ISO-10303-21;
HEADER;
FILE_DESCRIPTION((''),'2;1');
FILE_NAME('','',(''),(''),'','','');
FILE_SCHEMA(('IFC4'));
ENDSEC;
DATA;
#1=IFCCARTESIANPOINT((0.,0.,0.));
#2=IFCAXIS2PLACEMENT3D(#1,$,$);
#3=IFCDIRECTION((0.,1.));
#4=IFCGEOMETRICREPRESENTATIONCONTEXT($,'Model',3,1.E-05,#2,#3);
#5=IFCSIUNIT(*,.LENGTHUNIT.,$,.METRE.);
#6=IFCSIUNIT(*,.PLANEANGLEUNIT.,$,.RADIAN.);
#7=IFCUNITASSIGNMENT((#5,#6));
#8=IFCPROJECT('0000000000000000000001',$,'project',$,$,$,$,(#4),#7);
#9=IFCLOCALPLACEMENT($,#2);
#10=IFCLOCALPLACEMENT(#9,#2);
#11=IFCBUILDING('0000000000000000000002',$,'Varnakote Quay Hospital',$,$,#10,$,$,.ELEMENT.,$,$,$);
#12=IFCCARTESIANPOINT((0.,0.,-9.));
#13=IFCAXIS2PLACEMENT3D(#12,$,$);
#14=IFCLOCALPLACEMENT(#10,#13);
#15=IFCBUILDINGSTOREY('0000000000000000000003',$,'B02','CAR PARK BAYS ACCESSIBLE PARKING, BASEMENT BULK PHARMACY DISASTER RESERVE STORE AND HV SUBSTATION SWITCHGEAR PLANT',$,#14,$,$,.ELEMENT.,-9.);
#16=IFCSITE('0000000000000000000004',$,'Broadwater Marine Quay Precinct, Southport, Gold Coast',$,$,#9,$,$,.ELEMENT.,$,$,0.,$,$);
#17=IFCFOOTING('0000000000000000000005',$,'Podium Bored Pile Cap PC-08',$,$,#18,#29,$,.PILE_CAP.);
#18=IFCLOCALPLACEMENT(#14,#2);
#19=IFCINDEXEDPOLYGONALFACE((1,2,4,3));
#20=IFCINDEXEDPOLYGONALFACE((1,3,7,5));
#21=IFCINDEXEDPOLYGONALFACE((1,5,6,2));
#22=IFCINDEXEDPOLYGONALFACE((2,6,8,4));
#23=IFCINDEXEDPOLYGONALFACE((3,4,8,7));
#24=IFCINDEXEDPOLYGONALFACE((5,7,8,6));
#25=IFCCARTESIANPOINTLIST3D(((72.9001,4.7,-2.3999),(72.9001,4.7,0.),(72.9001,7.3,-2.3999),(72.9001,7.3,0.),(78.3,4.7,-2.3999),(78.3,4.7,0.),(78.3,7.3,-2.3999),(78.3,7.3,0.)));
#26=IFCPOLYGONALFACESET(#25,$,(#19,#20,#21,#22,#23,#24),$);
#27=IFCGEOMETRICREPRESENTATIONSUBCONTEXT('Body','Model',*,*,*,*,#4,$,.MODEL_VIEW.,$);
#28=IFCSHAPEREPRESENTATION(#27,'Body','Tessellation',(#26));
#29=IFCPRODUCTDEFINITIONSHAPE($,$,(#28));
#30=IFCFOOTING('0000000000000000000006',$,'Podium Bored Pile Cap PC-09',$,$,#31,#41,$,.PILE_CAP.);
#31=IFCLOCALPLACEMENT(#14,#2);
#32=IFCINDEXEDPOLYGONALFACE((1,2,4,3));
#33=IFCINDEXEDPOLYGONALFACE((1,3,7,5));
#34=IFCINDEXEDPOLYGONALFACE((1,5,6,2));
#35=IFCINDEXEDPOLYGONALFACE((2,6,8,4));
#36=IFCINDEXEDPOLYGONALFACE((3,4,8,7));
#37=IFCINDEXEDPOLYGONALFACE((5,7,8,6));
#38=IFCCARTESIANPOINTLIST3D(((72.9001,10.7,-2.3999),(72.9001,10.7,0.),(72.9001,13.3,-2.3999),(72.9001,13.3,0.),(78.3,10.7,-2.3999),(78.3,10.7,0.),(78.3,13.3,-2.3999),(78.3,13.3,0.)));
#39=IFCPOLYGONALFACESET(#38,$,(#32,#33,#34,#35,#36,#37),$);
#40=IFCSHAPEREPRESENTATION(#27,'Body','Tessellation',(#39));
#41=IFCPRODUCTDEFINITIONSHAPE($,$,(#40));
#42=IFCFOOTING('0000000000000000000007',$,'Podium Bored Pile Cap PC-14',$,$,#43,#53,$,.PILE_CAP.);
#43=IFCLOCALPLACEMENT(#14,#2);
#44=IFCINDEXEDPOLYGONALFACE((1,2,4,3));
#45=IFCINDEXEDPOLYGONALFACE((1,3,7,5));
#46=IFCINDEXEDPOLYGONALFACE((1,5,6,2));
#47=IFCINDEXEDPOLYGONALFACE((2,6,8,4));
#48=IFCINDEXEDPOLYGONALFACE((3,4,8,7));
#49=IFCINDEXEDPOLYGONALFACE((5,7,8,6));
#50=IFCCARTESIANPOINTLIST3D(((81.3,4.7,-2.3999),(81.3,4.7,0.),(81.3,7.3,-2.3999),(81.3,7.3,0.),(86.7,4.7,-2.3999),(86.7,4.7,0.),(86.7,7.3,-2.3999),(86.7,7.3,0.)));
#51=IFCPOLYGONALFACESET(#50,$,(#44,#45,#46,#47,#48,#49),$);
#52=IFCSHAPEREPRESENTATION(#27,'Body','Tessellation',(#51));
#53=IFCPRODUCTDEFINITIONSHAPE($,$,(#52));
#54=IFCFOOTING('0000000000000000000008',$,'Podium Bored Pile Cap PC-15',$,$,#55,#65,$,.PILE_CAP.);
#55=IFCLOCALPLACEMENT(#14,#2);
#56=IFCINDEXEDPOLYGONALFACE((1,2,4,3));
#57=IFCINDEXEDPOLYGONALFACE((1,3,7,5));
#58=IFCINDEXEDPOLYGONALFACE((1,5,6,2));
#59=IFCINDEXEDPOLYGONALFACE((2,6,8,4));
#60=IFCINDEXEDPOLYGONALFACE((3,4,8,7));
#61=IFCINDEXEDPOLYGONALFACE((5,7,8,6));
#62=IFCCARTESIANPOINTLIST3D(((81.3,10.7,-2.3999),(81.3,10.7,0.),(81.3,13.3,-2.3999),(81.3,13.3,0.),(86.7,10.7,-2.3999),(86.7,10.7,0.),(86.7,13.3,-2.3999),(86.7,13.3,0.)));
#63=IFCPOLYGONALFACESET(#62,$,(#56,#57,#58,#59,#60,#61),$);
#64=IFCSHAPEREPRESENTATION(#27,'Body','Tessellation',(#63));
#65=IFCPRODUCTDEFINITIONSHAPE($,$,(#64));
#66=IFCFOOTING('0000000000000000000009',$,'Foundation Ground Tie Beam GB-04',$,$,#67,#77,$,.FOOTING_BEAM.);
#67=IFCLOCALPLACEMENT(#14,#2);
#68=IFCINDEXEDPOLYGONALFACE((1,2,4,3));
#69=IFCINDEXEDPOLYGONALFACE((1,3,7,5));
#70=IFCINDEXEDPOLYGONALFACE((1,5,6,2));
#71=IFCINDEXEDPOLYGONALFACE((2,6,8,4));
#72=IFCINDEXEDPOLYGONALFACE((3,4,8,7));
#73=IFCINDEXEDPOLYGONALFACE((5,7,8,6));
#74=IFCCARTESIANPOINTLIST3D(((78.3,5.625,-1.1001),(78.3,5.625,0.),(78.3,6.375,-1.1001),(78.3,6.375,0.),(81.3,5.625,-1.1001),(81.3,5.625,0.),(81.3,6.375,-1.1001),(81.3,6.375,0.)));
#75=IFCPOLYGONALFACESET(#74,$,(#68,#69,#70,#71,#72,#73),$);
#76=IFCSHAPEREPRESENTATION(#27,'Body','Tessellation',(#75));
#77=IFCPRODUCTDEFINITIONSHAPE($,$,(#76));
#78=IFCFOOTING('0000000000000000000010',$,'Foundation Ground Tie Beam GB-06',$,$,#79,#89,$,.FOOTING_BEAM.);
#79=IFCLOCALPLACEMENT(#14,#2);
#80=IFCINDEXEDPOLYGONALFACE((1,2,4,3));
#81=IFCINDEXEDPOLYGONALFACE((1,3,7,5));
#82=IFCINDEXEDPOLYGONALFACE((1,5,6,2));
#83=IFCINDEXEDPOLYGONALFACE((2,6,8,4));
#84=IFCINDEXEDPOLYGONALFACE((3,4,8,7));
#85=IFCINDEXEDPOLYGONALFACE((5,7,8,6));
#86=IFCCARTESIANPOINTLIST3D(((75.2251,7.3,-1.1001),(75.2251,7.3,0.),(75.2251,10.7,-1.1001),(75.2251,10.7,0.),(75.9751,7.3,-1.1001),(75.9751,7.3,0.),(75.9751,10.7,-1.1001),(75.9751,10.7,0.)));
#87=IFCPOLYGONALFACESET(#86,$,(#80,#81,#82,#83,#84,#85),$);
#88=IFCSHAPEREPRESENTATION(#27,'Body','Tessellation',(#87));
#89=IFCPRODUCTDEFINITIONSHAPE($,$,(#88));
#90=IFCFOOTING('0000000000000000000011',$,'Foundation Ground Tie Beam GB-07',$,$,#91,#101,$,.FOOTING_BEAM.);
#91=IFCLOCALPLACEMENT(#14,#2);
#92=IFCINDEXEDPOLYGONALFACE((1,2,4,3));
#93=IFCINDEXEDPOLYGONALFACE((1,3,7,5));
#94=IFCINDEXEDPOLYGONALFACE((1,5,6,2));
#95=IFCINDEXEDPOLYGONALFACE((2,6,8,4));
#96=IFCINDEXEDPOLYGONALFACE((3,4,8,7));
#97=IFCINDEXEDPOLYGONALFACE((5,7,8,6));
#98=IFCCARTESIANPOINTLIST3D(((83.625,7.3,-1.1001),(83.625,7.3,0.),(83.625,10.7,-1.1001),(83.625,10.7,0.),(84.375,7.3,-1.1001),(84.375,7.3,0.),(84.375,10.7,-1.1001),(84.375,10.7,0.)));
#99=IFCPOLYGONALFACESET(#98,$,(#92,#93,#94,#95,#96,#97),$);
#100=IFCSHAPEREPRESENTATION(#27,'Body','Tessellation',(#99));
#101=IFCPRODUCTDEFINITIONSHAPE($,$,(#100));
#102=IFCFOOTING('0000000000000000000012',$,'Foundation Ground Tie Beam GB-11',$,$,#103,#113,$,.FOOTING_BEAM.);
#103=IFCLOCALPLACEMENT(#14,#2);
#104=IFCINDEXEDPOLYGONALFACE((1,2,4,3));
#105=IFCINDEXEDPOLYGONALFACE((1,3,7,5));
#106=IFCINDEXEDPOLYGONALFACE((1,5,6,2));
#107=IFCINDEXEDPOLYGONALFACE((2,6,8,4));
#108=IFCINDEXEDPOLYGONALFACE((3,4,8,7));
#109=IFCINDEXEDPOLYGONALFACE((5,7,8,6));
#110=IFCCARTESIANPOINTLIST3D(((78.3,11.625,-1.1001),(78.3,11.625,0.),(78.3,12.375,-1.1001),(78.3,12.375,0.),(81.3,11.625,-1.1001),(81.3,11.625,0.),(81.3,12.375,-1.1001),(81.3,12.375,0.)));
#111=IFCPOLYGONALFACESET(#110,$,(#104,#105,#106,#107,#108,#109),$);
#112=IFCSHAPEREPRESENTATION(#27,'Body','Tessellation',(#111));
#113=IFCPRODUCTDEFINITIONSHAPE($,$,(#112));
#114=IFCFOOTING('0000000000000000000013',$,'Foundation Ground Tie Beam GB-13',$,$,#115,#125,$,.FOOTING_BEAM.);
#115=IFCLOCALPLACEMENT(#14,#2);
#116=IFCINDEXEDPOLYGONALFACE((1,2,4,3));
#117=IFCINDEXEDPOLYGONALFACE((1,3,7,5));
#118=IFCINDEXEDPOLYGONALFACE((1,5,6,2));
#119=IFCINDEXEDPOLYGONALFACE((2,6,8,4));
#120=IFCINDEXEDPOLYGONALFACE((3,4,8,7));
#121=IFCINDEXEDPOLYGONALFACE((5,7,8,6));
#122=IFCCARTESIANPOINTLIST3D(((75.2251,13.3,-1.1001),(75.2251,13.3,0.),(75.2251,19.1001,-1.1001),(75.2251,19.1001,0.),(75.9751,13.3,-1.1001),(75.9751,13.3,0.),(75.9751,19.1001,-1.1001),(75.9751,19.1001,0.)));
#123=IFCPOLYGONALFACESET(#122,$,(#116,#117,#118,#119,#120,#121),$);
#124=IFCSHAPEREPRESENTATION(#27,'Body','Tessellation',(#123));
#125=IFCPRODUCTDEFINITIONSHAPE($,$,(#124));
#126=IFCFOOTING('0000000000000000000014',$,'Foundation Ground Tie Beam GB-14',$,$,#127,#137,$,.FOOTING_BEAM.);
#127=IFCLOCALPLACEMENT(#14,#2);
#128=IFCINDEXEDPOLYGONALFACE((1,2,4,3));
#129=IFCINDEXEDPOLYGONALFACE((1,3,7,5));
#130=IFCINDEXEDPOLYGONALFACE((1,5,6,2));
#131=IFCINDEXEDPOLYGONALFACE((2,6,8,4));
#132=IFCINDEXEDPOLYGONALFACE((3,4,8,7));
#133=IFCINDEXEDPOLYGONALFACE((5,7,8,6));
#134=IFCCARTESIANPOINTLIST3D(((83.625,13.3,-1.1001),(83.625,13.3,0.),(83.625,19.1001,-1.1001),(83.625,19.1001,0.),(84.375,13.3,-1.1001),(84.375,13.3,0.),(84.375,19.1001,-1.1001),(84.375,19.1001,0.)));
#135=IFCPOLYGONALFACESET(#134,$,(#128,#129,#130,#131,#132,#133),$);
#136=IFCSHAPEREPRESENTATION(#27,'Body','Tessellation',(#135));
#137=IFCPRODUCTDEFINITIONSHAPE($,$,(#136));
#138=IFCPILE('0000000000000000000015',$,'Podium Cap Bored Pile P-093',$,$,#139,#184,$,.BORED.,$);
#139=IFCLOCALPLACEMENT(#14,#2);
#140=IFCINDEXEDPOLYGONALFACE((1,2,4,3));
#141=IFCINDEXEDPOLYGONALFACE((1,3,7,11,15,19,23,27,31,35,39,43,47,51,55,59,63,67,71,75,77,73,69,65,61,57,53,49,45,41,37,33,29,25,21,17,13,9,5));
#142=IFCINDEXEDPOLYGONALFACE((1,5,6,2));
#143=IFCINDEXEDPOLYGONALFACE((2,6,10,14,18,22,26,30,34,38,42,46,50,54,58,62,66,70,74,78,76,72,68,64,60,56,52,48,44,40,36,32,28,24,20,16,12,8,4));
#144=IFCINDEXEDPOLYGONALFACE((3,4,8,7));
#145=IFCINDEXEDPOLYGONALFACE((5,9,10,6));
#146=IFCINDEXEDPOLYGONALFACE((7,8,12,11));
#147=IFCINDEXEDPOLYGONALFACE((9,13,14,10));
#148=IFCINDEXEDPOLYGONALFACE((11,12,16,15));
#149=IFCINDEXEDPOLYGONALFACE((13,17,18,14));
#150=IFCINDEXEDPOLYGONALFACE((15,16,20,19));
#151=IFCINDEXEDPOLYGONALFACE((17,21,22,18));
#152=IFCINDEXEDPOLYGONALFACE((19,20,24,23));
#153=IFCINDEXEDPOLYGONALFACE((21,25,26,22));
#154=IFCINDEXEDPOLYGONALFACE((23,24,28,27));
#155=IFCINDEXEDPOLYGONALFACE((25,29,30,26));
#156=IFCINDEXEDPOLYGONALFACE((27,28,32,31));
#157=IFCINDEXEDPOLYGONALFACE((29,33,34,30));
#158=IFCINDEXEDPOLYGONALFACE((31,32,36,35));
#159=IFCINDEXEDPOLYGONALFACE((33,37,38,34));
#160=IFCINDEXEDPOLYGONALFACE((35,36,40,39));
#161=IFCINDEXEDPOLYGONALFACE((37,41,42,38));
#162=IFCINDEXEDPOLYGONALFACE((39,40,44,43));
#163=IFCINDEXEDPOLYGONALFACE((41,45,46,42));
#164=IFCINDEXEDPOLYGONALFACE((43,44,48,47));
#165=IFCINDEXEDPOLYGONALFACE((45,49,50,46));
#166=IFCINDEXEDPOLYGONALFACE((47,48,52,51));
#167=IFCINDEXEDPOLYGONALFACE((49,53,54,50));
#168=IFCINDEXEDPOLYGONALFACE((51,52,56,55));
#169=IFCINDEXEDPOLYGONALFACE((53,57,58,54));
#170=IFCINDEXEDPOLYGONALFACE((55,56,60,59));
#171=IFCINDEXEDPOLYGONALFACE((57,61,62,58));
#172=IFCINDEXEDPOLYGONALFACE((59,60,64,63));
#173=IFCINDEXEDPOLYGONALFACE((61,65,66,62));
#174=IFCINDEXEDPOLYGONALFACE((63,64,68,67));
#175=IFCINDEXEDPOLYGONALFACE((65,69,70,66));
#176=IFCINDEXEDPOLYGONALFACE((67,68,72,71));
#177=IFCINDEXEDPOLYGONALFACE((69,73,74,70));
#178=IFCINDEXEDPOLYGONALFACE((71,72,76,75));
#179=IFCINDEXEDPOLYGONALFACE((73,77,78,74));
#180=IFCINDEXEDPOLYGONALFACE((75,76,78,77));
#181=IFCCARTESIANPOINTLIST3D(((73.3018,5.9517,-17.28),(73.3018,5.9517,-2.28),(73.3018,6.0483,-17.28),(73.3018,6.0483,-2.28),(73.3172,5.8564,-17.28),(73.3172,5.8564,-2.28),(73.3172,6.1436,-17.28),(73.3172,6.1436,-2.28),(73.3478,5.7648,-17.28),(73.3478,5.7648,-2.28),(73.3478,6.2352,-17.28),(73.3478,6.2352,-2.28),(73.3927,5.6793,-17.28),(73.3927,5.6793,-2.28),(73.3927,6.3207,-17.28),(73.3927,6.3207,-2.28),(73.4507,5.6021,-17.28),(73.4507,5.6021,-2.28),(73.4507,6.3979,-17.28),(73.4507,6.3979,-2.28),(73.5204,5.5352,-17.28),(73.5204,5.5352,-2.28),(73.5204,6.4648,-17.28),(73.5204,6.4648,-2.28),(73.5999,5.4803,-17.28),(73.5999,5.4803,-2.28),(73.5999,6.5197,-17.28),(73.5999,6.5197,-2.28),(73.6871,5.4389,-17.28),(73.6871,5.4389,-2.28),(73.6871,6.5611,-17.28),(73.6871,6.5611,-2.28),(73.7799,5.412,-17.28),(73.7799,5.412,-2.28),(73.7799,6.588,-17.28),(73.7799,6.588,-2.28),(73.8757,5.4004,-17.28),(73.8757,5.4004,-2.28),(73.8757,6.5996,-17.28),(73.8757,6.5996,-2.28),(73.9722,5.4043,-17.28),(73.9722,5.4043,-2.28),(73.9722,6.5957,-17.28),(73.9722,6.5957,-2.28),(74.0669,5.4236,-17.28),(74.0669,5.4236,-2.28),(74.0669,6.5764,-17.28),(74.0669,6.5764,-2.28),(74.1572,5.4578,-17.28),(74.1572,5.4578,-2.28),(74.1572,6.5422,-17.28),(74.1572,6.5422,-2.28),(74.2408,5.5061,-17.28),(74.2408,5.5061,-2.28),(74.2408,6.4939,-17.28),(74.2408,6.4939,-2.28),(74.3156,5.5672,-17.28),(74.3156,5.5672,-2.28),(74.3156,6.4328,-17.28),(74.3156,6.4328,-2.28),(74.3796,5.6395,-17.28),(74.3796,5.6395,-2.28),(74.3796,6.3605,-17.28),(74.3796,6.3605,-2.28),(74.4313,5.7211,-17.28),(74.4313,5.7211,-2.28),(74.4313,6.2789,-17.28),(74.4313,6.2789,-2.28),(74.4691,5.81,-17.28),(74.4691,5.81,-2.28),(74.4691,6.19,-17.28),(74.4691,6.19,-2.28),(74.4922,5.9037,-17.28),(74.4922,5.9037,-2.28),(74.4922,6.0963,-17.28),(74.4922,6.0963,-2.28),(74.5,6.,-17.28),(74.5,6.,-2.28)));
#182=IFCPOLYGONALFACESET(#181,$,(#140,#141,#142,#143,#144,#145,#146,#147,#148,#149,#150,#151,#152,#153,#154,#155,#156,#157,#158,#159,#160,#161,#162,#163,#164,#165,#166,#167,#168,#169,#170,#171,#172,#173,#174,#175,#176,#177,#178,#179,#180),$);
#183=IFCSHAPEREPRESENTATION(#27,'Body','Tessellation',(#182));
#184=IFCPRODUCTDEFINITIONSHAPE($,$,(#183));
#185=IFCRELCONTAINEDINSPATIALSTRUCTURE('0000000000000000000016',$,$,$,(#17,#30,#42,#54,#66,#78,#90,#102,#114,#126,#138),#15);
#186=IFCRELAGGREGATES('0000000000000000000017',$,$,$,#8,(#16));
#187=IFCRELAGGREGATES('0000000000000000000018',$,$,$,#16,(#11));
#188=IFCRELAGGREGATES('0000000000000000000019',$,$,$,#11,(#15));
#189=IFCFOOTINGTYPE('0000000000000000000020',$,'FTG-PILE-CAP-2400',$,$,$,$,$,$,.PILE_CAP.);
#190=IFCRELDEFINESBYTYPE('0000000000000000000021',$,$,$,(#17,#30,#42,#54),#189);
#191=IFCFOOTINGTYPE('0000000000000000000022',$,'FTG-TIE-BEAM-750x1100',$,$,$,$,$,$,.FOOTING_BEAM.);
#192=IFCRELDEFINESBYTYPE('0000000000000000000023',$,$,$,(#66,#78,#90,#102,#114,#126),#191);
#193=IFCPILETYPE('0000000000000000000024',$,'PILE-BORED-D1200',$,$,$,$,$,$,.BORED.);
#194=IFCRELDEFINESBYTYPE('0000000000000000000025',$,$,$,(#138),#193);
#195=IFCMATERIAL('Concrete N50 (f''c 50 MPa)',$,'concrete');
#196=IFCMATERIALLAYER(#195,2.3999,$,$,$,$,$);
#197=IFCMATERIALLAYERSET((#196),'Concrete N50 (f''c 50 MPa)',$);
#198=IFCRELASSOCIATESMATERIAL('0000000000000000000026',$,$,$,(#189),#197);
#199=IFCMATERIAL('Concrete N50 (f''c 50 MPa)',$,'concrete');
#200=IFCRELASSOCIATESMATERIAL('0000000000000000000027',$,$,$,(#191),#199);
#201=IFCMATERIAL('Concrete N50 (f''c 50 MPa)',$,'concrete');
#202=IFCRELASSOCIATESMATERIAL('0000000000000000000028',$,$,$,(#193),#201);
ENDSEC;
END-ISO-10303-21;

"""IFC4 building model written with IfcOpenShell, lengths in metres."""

from ifc_helpers import new_model, si_unit, direction, frame, origin, origin_2d, place, context, subcontext, project, spatial, rectangle, circle, extrude, material, layer, layer_set, material_profile, profile_set, type_object, element, save


model = new_model("IFC4")

# Units and contexts
model_context = context("Model", 3, precision=1e-05, world=origin(), true_north=direction((0.0, 1.0)))
body_context = subcontext(model_context, "Body", "Model", "MODEL_VIEW")
ifc_project = project(units=[si_unit("LENGTHUNIT", "METRE"), si_unit("PLANEANGLEUNIT", "RADIAN")], contexts=[model_context])

# Site, building, storey
site_placement = place(None, origin())
site = spatial("IfcSite", under=ifc_project, at=site_placement, Name="Broadwater Marine Quay Precinct, Southport, Gold Coast", CompositionType="ELEMENT", RefElevation=0.0)
building_placement = place(site_placement, origin())
building = spatial("IfcBuilding", under=site, at=building_placement, Name="Varnakote Quay Hospital", CompositionType="ELEMENT")
storey_placement = place(building_placement, frame((0.0, 0.0, -9.0)))
storey = spatial("IfcBuildingStorey", under=building, at=storey_placement, Name="B02", Description="CAR PARK BAYS ACCESSIBLE PARKING, BASEMENT BULK PHARMACY DISASTER RESERVE STORE AND HV SUBSTATION SWITCHGEAR PLANT", CompositionType="ELEMENT", Elevation=-9.0)

# Footings
ifc_material_1 = material(Name="Concrete N50 (f'c 50 MPa)", Category="concrete")
ifc_layer_1 = layer(ifc_material_1, 2.3999)
ifc_layer_set_1 = layer_set([ifc_layer_1], Name="Concrete N50 (f'c 50 MPa)")
footing_type_1 = type_object("IfcFootingType", Name="FTG-PILE-CAP-2400", PredefinedType="PILE_CAP", material=ifc_layer_set_1)
for number, where, z_axis, x_axis, name in (
    (1, (75.6001, 6.0, -2.3999), (0.0, 0.0, 1.0), (1.0, 0.0, 0.0), "Podium Bored Pile Cap PC-08"),
    (2, (75.6001, 12.0, -2.3999), (0.0, 0.0, 1.0), (1.0, 0.0, 0.0), "Podium Bored Pile Cap PC-09"),
    (3, (84.0, 6.0, -2.3999), (0.0, 0.0, 1.0), (1.0, 0.0, 0.0), "Podium Bored Pile Cap PC-14"),
    (4, (84.0, 12.0, -2.3999), (0.0, 0.0, 1.0), (1.0, 0.0, 0.0), "Podium Bored Pile Cap PC-15"),
):
    element("IfcFooting", number, at=place(storey_placement, frame(where, z_axis=z_axis, x_axis=x_axis)), inside=storey, type_object=footing_type_1, Name=name, PredefinedType="PILE_CAP", context=body_context, shape_type="SweptSolid", body=[
        extrude(rectangle(XDim=5.3999, YDim=2.6001, at=origin_2d()), origin(), (0.0, 0.0, 1.0), 2.3999),
    ])
ifc_material_2 = material(Name="Concrete N50 (f'c 50 MPa)", Category="concrete")
ifc_material_profile_1 = material_profile(ifc_material_2, rectangle(XDim=0.75, YDim=1.1001, at=origin_2d()), Name="RC-GB-750x1100")
ifc_profile_set_1 = profile_set([ifc_material_profile_1], Name="Concrete N50 (f'c 50 MPa)")
footing_type_2 = type_object("IfcFootingType", Name="FTG-TIE-BEAM-750x1100", PredefinedType="FOOTING_BEAM", material=ifc_profile_set_1)
footing_1_placement = place(storey_placement, frame((78.3, 6.0, -0.55), z_axis=(1.0, 0.0, 0.0), x_axis=(0.0, 1.0, 0.0)))
element("IfcFooting", 5, at=footing_1_placement, inside=storey, type_object=footing_type_2, Name="Foundation Ground Tie Beam GB-04", PredefinedType="FOOTING_BEAM", context=body_context, shape_type="SweptSolid", body=[
    extrude(rectangle(XDim=0.75, YDim=1.1001, at=origin_2d()), origin(), (0.0, 0.0, 1.0), 3.0),
])
for number, where, z_axis, x_axis, name in (
    (6, (75.6001, 7.3, -0.55), (0.0, 1.0, 0.0), (-1.0, 0.0, 0.0), "Foundation Ground Tie Beam GB-06"),
    (7, (84.0, 7.3, -0.55), (0.0, 1.0, 0.0), (-1.0, 0.0, 0.0), "Foundation Ground Tie Beam GB-07"),
):
    element("IfcFooting", number, at=place(storey_placement, frame(where, z_axis=z_axis, x_axis=x_axis)), inside=storey, type_object=footing_type_2, Name=name, PredefinedType="FOOTING_BEAM", context=body_context, shape_type="SweptSolid", body=[
        extrude(rectangle(XDim=0.75, YDim=1.1001, at=origin_2d()), origin(), (0.0, 0.0, 1.0), 3.3999),
    ])
footing_2_placement = place(storey_placement, frame((78.3, 12.0, -0.55), z_axis=(1.0, 0.0, 0.0), x_axis=(0.0, 1.0, 0.0)))
element("IfcFooting", 8, at=footing_2_placement, inside=storey, type_object=footing_type_2, Name="Foundation Ground Tie Beam GB-11", PredefinedType="FOOTING_BEAM", context=body_context, shape_type="SweptSolid", body=[
    extrude(rectangle(XDim=0.75, YDim=1.1001, at=origin_2d()), origin(), (0.0, 0.0, 1.0), 3.0),
])
for number, where, z_axis, x_axis, name in (
    (9, (75.6001, 13.3, -0.55), (0.0, 1.0, 0.0), (-1.0, 0.0, 0.0), "Foundation Ground Tie Beam GB-13"),
    (10, (84.0, 13.3, -0.55), (0.0, 1.0, 0.0), (-1.0, 0.0, 0.0), "Foundation Ground Tie Beam GB-14"),
):
    element("IfcFooting", number, at=place(storey_placement, frame(where, z_axis=z_axis, x_axis=x_axis)), inside=storey, type_object=footing_type_2, Name=name, PredefinedType="FOOTING_BEAM", context=body_context, shape_type="SweptSolid", body=[
        extrude(rectangle(XDim=0.75, YDim=1.1001, at=origin_2d()), origin(), (0.0, 0.0, 1.0), 5.8),
    ])

# Pile
ifc_material_3 = material(Name="Concrete N50 (f'c 50 MPa)", Category="concrete")
ifc_material_profile_2 = material_profile(ifc_material_3, circle(Radius=0.6001, at=origin_2d()), Name="PILE-D1200")
ifc_profile_set_2 = profile_set([ifc_material_profile_2], Name="Concrete N50 (f'c 50 MPa)")
pile_type = type_object("IfcPileType", Name="PILE-BORED-D1200", PredefinedType="BORED", material=ifc_profile_set_2)
for number, where, z_axis, x_axis, name in (
    (11, (73.8999, 6.0, -2.28), (0.0, 0.0, -1.0), (1.0, 0.0, 0.0), "Podium Cap Bored Pile P-093"),
):
    element("IfcPile", number, at=place(storey_placement, frame(where, z_axis=z_axis, x_axis=x_axis)), inside=storey, type_object=pile_type, Name=name, PredefinedType="BORED", context=body_context, shape_type="SweptSolid", body=[
        extrude(circle(Radius=0.6001, at=origin_2d()), origin(), (0.0, 0.0, 1.0), 15.0),
    ])

save(model, "model.ifc")
